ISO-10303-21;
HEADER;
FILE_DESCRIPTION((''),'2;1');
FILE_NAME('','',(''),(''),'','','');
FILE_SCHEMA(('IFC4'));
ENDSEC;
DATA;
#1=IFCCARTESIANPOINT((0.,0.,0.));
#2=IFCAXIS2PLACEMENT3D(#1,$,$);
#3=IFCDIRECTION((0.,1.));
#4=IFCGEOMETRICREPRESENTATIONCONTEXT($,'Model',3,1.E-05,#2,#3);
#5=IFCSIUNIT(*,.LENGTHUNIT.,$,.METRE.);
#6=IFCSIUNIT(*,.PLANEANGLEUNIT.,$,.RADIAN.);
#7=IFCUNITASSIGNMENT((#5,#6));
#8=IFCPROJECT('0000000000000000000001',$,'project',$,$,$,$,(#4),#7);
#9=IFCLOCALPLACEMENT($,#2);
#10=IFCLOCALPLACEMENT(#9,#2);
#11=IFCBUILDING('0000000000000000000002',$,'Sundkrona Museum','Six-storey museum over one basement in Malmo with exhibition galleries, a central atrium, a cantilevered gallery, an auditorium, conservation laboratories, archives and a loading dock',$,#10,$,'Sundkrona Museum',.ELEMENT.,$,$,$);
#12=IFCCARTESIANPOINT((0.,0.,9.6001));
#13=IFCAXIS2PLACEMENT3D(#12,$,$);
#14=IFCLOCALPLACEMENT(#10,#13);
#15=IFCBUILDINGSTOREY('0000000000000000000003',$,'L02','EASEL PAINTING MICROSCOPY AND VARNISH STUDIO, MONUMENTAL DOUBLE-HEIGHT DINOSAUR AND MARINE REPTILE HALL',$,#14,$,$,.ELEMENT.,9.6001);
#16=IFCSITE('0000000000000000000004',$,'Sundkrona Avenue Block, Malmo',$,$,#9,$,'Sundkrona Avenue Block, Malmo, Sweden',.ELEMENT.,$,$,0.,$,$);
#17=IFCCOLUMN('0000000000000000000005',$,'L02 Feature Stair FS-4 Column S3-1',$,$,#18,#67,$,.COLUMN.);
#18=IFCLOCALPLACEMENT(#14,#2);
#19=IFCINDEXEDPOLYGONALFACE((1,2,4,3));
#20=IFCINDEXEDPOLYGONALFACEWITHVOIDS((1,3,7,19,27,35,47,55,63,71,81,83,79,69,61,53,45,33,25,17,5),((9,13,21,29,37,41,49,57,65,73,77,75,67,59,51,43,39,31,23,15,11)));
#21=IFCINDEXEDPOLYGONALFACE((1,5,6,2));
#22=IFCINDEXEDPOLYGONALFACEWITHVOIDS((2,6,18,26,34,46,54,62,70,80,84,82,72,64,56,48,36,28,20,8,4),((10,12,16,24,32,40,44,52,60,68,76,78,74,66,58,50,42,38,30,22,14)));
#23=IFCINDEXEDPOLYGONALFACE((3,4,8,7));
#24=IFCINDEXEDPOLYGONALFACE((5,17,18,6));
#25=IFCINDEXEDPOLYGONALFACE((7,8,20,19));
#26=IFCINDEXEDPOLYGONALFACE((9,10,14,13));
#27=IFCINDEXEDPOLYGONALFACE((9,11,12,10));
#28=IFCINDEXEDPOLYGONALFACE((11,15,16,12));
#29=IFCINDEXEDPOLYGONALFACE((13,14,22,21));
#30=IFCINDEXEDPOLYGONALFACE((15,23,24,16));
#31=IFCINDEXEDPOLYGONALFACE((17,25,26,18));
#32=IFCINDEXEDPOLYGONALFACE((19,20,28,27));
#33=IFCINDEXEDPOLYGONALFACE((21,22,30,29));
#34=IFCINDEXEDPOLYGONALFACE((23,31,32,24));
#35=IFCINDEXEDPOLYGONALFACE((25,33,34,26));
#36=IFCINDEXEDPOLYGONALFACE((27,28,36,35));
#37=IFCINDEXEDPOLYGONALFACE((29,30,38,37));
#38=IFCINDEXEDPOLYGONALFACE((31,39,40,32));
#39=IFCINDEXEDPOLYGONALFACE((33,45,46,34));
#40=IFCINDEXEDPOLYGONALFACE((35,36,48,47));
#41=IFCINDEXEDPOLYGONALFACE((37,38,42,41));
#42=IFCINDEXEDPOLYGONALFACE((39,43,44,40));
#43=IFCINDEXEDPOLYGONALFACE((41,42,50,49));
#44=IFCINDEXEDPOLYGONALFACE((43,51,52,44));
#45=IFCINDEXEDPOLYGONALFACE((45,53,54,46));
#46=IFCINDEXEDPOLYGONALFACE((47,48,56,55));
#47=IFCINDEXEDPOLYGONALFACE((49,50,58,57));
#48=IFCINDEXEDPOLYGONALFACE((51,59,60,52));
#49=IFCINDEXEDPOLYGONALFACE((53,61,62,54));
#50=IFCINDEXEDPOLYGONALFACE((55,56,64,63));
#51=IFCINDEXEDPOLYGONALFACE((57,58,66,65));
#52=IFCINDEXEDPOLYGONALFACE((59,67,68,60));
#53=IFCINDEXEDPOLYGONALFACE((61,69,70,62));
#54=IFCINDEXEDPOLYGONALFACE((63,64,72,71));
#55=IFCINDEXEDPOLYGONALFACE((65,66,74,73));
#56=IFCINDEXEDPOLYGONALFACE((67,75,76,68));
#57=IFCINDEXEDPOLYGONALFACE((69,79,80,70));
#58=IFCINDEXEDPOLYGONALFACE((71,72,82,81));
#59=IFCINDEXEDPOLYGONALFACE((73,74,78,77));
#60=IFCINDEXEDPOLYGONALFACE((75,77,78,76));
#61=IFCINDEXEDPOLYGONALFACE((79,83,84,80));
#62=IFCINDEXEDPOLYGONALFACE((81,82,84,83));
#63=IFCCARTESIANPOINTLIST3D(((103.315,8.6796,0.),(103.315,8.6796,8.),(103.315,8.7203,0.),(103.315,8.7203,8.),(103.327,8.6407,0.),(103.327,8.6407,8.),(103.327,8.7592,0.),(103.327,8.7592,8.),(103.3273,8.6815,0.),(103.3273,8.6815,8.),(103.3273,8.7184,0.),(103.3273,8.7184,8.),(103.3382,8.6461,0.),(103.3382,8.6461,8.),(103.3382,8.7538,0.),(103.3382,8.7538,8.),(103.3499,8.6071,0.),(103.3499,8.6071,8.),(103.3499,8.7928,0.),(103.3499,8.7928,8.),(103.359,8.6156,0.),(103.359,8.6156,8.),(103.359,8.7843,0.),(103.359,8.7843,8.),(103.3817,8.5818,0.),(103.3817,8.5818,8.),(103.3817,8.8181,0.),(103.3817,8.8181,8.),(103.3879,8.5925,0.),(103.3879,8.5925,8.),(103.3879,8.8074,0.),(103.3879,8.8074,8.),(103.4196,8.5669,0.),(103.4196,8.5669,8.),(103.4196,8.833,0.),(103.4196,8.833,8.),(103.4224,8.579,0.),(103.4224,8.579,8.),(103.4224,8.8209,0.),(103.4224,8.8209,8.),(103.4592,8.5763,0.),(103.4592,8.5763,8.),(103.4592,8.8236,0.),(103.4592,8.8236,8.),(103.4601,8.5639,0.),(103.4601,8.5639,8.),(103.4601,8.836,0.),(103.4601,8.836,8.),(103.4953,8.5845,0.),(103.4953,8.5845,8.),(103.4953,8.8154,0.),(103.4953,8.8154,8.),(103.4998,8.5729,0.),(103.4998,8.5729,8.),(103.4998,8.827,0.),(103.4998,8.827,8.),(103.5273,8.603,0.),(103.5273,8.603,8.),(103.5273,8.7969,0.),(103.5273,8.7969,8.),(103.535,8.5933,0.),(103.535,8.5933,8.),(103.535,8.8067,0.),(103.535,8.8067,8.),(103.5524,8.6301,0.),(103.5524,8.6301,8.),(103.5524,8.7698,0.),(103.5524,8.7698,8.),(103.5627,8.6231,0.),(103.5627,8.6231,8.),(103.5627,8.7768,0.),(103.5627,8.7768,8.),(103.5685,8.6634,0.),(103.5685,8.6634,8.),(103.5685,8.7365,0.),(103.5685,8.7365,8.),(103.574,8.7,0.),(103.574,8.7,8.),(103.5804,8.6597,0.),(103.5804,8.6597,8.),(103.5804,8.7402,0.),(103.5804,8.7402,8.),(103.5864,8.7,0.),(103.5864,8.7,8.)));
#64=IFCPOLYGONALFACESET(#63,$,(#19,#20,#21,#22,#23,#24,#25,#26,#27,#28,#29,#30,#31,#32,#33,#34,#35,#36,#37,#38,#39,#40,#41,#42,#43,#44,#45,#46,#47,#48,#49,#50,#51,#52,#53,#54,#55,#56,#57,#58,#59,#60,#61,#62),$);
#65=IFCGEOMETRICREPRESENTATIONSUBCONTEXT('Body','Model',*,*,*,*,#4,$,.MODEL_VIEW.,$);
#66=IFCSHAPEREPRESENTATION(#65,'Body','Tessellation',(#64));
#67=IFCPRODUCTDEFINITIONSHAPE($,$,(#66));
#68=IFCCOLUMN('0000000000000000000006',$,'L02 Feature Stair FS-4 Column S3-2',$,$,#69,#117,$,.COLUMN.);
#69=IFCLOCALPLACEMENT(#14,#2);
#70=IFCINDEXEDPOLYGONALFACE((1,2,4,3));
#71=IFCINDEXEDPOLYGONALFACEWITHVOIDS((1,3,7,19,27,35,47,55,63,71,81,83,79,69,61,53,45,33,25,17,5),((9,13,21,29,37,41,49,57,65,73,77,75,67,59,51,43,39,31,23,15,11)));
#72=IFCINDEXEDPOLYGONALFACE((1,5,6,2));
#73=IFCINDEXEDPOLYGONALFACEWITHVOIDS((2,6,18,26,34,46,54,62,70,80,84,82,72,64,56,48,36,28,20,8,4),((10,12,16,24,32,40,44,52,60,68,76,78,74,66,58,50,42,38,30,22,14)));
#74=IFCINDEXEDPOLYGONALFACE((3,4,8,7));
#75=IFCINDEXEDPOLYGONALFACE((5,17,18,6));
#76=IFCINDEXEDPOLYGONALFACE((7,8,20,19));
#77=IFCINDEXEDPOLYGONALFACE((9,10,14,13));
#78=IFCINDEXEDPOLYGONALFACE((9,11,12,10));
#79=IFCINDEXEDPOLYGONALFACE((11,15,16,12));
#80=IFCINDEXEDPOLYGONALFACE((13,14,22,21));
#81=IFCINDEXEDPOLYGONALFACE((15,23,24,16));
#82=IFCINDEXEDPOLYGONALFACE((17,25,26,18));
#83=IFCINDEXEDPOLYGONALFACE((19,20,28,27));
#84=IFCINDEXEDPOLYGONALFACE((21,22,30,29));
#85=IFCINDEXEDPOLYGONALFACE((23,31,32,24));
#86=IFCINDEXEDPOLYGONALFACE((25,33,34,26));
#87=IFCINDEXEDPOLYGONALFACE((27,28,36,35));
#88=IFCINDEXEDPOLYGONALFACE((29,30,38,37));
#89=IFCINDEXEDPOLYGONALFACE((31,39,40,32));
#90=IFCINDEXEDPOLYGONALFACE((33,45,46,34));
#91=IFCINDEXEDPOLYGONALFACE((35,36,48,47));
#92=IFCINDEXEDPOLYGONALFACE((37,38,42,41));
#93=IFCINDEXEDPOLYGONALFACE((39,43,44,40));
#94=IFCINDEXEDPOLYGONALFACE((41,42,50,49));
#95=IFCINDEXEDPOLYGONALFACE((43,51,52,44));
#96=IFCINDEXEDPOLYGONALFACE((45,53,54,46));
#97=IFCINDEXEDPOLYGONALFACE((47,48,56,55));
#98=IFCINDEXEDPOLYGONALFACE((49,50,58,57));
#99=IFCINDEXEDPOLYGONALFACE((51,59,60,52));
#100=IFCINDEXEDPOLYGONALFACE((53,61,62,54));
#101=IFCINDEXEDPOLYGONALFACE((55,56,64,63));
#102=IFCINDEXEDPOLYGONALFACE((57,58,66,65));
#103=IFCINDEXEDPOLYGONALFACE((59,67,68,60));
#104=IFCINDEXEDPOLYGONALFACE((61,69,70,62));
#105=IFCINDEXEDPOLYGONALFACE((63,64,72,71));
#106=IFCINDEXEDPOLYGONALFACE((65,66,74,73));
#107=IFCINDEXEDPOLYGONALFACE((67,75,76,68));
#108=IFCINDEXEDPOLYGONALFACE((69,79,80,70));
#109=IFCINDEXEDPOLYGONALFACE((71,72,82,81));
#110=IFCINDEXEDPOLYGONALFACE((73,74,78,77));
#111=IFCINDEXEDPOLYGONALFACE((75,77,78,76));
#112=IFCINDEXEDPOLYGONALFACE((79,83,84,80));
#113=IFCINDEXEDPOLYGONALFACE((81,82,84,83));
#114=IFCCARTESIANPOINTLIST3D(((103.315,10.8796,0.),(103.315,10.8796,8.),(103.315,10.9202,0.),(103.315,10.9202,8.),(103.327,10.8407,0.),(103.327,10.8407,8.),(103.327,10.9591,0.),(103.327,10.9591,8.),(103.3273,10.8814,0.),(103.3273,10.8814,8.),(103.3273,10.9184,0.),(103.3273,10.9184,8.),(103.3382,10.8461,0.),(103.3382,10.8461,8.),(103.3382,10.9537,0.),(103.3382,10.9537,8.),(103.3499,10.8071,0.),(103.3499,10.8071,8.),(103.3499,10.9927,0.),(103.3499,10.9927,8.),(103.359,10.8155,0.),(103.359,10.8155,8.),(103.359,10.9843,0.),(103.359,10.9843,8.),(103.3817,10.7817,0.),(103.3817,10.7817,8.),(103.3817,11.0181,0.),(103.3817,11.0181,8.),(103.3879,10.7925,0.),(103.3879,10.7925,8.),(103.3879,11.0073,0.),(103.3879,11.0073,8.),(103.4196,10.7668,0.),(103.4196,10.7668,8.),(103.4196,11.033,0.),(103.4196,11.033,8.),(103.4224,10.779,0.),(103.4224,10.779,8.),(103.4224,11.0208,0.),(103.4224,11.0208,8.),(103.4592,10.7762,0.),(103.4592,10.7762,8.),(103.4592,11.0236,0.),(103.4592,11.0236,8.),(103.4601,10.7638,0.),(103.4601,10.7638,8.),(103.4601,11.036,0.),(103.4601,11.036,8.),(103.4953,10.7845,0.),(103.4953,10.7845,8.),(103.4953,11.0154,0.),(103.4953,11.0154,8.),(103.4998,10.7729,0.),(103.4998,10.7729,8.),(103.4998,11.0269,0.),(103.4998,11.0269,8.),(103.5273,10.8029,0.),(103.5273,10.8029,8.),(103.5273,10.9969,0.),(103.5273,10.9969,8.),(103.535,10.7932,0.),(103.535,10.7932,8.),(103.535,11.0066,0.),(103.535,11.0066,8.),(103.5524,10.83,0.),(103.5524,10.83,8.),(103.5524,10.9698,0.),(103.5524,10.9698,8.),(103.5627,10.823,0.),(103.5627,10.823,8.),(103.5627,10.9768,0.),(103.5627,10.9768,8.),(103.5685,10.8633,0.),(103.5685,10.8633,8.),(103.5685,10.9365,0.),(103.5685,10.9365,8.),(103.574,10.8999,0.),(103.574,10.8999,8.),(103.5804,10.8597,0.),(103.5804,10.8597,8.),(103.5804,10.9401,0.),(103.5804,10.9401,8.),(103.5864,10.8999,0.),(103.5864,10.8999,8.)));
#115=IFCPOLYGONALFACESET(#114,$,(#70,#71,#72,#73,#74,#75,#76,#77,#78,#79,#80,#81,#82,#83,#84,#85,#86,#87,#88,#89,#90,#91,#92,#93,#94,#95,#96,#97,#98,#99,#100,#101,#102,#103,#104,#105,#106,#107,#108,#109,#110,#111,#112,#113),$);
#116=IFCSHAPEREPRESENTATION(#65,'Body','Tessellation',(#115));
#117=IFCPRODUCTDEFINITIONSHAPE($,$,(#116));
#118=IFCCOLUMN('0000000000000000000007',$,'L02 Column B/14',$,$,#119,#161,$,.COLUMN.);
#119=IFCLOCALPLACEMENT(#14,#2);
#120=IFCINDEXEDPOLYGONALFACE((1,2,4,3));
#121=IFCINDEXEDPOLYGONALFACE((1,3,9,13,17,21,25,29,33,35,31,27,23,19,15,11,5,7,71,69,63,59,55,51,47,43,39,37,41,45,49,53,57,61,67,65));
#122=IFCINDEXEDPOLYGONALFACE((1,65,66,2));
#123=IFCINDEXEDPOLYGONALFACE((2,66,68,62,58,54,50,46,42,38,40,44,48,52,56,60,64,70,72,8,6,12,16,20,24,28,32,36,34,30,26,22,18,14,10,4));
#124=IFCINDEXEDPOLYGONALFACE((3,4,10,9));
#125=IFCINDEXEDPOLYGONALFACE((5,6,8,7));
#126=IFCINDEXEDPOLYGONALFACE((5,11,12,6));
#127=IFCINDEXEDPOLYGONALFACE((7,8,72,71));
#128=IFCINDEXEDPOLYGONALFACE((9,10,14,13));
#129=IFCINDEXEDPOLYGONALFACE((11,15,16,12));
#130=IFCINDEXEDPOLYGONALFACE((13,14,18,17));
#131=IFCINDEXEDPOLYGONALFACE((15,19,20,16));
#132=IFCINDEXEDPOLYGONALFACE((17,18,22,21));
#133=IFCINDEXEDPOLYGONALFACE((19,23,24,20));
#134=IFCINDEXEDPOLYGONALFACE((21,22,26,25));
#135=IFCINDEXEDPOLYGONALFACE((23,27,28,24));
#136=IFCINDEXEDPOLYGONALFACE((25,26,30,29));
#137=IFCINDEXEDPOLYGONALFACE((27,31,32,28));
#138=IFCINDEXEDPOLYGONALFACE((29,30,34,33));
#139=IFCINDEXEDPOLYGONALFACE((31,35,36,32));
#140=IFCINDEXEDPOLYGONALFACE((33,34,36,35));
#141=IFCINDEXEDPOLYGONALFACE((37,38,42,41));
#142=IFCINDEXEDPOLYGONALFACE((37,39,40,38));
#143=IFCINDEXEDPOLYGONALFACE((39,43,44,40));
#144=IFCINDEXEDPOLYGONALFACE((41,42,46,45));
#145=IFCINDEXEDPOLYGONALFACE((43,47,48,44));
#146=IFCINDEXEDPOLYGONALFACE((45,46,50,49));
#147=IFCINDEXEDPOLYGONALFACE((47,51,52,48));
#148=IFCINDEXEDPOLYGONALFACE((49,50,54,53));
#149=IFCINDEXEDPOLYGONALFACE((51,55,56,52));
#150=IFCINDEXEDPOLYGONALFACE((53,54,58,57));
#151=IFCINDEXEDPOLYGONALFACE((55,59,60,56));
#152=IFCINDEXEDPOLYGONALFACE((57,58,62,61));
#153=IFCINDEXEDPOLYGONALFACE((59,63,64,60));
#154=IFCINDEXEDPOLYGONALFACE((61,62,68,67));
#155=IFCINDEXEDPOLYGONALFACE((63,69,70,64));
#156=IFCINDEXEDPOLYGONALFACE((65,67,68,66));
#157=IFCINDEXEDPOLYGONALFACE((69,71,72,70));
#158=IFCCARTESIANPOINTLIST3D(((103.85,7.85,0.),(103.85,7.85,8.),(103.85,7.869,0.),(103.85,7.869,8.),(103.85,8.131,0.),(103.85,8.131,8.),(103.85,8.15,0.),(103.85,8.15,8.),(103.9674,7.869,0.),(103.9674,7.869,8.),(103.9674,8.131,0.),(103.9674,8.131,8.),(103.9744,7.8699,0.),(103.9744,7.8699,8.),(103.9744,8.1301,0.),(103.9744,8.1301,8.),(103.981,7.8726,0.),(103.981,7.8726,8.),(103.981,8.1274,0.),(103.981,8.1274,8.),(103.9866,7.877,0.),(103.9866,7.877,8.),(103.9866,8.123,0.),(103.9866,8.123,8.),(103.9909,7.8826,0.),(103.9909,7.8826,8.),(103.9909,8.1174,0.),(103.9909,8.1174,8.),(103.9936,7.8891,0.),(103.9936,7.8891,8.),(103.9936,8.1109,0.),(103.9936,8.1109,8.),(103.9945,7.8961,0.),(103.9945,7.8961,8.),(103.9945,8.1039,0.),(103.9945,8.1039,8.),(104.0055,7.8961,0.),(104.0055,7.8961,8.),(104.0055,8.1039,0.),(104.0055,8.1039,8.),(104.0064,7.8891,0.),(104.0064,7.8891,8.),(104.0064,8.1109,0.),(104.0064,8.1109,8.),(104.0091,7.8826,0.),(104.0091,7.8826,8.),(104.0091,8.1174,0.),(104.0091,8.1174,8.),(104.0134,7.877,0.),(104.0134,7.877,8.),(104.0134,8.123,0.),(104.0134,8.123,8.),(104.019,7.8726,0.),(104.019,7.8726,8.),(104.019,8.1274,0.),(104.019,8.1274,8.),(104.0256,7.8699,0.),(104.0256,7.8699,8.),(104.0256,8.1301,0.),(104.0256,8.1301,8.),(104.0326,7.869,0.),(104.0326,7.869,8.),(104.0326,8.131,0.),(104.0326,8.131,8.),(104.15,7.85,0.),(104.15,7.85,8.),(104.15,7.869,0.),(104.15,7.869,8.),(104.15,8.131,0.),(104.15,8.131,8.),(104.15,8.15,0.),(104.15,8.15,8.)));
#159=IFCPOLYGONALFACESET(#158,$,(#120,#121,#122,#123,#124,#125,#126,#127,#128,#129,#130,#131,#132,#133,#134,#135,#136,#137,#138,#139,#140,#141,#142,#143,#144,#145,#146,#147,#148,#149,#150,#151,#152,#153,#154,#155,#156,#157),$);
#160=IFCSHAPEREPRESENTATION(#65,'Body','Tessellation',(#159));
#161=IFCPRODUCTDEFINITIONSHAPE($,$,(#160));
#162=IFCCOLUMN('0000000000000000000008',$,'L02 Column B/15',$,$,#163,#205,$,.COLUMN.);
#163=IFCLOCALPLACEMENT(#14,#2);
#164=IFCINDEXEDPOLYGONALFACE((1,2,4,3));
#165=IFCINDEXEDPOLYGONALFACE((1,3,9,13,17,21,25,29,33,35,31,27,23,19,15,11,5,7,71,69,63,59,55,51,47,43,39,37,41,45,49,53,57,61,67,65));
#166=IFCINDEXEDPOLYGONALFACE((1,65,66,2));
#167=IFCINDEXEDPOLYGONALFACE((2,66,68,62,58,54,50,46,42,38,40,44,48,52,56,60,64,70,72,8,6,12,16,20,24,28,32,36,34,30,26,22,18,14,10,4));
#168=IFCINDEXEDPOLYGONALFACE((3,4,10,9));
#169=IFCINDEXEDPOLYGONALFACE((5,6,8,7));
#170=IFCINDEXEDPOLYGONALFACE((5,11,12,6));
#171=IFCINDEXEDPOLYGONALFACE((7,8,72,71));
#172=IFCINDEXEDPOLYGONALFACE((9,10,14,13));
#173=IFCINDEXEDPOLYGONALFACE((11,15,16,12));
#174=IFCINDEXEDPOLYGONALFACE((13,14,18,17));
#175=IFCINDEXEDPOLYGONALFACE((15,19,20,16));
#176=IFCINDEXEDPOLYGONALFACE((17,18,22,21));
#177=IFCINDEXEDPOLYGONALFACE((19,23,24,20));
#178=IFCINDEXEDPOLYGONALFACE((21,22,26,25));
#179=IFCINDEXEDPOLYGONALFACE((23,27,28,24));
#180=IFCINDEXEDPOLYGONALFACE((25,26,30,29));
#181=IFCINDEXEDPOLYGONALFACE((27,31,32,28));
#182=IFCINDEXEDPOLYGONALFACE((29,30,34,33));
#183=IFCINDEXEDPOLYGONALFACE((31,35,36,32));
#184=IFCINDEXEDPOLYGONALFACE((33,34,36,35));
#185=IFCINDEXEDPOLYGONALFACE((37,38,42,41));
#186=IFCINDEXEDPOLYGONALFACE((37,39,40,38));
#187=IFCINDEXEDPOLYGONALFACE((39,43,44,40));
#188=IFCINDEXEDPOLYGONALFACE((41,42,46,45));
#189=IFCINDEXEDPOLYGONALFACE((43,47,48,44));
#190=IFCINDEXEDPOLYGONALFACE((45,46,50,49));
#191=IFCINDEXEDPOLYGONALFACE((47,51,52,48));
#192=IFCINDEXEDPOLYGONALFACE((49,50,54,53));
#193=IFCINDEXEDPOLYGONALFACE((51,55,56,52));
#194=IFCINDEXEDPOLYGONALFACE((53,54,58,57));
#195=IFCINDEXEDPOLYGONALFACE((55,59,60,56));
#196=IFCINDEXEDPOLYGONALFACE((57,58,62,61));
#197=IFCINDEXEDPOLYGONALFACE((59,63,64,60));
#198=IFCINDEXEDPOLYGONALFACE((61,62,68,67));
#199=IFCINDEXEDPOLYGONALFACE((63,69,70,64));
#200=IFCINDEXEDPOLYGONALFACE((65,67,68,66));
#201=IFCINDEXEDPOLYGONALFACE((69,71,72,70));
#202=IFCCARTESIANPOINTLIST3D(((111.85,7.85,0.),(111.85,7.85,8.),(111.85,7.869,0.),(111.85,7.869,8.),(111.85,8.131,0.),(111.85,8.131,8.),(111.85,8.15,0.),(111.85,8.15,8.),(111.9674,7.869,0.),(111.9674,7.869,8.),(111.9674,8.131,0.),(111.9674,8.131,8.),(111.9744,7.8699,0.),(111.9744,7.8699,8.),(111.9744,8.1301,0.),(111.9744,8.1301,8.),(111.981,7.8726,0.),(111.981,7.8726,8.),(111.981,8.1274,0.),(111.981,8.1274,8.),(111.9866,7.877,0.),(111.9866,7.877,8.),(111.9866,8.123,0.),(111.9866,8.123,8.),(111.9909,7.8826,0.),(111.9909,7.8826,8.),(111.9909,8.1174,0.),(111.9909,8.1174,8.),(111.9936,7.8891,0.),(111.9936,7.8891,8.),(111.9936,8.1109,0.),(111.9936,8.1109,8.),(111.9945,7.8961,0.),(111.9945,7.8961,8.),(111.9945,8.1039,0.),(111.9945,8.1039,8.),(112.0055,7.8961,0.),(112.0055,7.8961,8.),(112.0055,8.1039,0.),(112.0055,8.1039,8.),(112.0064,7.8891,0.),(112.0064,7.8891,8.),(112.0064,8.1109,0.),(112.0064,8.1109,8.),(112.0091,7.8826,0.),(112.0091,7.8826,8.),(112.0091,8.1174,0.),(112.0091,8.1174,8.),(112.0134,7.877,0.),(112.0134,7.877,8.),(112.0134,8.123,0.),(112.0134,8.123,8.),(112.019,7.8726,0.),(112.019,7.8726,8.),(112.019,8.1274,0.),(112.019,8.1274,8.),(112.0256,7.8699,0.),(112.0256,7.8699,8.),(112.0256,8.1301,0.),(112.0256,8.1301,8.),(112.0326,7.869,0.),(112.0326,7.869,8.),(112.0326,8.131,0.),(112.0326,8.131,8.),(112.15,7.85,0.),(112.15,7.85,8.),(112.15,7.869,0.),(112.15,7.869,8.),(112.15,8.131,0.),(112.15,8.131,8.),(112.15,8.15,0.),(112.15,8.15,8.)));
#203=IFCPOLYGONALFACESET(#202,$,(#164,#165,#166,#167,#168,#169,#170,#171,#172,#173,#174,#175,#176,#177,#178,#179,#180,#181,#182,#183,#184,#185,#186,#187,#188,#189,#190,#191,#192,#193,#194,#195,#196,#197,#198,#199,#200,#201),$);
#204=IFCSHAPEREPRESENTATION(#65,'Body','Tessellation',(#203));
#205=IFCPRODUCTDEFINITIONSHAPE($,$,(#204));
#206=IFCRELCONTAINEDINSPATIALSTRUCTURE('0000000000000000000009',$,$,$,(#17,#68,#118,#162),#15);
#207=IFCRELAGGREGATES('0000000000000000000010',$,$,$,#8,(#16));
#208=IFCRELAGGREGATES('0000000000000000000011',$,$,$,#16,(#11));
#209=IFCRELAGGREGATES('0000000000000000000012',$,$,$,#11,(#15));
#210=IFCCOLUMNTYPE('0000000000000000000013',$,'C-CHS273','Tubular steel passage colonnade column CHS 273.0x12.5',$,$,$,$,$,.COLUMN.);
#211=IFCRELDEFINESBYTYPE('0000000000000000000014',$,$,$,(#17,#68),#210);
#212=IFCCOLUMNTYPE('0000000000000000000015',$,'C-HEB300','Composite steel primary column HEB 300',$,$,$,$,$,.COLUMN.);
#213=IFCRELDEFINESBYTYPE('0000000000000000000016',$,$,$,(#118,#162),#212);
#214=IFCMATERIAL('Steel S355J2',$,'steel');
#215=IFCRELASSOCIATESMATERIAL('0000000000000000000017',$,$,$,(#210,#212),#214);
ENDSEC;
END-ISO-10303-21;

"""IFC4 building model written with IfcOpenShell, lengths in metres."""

from ifc_helpers import new_model, si_unit, direction, frame, origin, origin_2d, place, context, subcontext, project, spatial, hollow_circle, i_section, extrude, material, material_profile, profile_set, type_object, element, save


model = new_model("IFC4")

# Units and contexts
model_context = context("Model", 3, precision=1e-05, world=origin(), true_north=direction((0.0, 1.0)))
body_context = subcontext(model_context, "Body", "Model", "MODEL_VIEW")
ifc_project = project(units=[si_unit("LENGTHUNIT", "METRE"), si_unit("PLANEANGLEUNIT", "RADIAN")], contexts=[model_context])

# Site, building, storey
site_placement = place(None, origin())
site = spatial("IfcSite", under=ifc_project, at=site_placement, Name="Sundkrona Avenue Block, Malmo", LongName="Sundkrona Avenue Block, Malmo, Sweden", CompositionType="ELEMENT", RefElevation=0.0)
building_placement = place(site_placement, origin())
building = spatial("IfcBuilding", under=site, at=building_placement, Name="Sundkrona Museum", Description="Six-storey museum over one basement in Malmo with exhibition galleries, a central atrium, a cantilevered gallery, an auditorium, conservation laboratories, archives and a loading dock", LongName="Sundkrona Museum", CompositionType="ELEMENT")
storey_placement = place(building_placement, frame((0.0, 0.0, 9.6001)))
storey = spatial("IfcBuildingStorey", under=building, at=storey_placement, Name="L02", Description="EASEL PAINTING MICROSCOPY AND VARNISH STUDIO, MONUMENTAL DOUBLE-HEIGHT DINOSAUR AND MARINE REPTILE HALL", CompositionType="ELEMENT", Elevation=9.6001)

# Columns
ifc_material_1 = material(Name="Steel S355J2", Category="steel")
ifc_material_profile_1 = material_profile(ifc_material_1, hollow_circle(Radius=0.1365, WallThickness=0.0125, at=origin_2d()), Name="CHS 273.0x12.5")
ifc_profile_set_1 = profile_set([ifc_material_profile_1], Name="Steel S355J2")
column_type_1 = type_object("IfcColumnType", Name="C-CHS273", Description="Tubular steel passage colonnade column CHS 273.0x12.5", PredefinedType="COLUMN", material=ifc_profile_set_1)
for number, where, z_axis, x_axis, name in (
    (1, (103.45, 8.7, 0.0), (0.0, 0.0, 1.0), (1.0, 0.0, 0.0), "L02 Feature Stair FS-4 Column S3-1"),
    (2, (103.45, 10.8999, 0.0), (0.0, 0.0, 1.0), (1.0, 0.0, 0.0), "L02 Feature Stair FS-4 Column S3-2"),
):
    element("IfcColumn", number, at=place(storey_placement, frame(where, z_axis=z_axis, x_axis=x_axis)), inside=storey, type_object=column_type_1, Name=name, PredefinedType="COLUMN", context=body_context, shape_type="SweptSolid", body=[
        extrude(hollow_circle(Radius=0.1365, WallThickness=0.0125, at=origin_2d()), origin(), (0.0, 0.0, 1.0), 8.0),
    ])
ifc_material_profile_2 = material_profile(ifc_material_1, i_section(OverallWidth=0.3, OverallDepth=0.3, WebThickness=0.011, FlangeThickness=0.019, FilletRadius=0.0271, at=origin_2d()), Name="HEB 300")
ifc_profile_set_2 = profile_set([ifc_material_profile_2], Name="Steel S355J2")
column_type_2 = type_object("IfcColumnType", Name="C-HEB300", Description="Composite steel primary column HEB 300", PredefinedType="COLUMN", material=ifc_profile_set_2)
for number, where, z_axis, x_axis, name in (
    (3, (104.0, 8.0, 0.0), (0.0, 0.0, 1.0), (1.0, 0.0, 0.0), "L02 Column B/14"),
    (4, (112.0, 8.0, 0.0), (0.0, 0.0, 1.0), (1.0, 0.0, 0.0), "L02 Column B/15"),
):
    element("IfcColumn", number, at=place(storey_placement, frame(where, z_axis=z_axis, x_axis=x_axis)), inside=storey, type_object=column_type_2, Name=name, PredefinedType="COLUMN", context=body_context, shape_type="SweptSolid", body=[
        extrude(i_section(OverallWidth=0.3, OverallDepth=0.3, WebThickness=0.011, FlangeThickness=0.019, FilletRadius=0.0271, at=origin_2d()), origin(), (0.0, 0.0, 1.0), 8.0),
    ])

save(model, "model.ifc")
